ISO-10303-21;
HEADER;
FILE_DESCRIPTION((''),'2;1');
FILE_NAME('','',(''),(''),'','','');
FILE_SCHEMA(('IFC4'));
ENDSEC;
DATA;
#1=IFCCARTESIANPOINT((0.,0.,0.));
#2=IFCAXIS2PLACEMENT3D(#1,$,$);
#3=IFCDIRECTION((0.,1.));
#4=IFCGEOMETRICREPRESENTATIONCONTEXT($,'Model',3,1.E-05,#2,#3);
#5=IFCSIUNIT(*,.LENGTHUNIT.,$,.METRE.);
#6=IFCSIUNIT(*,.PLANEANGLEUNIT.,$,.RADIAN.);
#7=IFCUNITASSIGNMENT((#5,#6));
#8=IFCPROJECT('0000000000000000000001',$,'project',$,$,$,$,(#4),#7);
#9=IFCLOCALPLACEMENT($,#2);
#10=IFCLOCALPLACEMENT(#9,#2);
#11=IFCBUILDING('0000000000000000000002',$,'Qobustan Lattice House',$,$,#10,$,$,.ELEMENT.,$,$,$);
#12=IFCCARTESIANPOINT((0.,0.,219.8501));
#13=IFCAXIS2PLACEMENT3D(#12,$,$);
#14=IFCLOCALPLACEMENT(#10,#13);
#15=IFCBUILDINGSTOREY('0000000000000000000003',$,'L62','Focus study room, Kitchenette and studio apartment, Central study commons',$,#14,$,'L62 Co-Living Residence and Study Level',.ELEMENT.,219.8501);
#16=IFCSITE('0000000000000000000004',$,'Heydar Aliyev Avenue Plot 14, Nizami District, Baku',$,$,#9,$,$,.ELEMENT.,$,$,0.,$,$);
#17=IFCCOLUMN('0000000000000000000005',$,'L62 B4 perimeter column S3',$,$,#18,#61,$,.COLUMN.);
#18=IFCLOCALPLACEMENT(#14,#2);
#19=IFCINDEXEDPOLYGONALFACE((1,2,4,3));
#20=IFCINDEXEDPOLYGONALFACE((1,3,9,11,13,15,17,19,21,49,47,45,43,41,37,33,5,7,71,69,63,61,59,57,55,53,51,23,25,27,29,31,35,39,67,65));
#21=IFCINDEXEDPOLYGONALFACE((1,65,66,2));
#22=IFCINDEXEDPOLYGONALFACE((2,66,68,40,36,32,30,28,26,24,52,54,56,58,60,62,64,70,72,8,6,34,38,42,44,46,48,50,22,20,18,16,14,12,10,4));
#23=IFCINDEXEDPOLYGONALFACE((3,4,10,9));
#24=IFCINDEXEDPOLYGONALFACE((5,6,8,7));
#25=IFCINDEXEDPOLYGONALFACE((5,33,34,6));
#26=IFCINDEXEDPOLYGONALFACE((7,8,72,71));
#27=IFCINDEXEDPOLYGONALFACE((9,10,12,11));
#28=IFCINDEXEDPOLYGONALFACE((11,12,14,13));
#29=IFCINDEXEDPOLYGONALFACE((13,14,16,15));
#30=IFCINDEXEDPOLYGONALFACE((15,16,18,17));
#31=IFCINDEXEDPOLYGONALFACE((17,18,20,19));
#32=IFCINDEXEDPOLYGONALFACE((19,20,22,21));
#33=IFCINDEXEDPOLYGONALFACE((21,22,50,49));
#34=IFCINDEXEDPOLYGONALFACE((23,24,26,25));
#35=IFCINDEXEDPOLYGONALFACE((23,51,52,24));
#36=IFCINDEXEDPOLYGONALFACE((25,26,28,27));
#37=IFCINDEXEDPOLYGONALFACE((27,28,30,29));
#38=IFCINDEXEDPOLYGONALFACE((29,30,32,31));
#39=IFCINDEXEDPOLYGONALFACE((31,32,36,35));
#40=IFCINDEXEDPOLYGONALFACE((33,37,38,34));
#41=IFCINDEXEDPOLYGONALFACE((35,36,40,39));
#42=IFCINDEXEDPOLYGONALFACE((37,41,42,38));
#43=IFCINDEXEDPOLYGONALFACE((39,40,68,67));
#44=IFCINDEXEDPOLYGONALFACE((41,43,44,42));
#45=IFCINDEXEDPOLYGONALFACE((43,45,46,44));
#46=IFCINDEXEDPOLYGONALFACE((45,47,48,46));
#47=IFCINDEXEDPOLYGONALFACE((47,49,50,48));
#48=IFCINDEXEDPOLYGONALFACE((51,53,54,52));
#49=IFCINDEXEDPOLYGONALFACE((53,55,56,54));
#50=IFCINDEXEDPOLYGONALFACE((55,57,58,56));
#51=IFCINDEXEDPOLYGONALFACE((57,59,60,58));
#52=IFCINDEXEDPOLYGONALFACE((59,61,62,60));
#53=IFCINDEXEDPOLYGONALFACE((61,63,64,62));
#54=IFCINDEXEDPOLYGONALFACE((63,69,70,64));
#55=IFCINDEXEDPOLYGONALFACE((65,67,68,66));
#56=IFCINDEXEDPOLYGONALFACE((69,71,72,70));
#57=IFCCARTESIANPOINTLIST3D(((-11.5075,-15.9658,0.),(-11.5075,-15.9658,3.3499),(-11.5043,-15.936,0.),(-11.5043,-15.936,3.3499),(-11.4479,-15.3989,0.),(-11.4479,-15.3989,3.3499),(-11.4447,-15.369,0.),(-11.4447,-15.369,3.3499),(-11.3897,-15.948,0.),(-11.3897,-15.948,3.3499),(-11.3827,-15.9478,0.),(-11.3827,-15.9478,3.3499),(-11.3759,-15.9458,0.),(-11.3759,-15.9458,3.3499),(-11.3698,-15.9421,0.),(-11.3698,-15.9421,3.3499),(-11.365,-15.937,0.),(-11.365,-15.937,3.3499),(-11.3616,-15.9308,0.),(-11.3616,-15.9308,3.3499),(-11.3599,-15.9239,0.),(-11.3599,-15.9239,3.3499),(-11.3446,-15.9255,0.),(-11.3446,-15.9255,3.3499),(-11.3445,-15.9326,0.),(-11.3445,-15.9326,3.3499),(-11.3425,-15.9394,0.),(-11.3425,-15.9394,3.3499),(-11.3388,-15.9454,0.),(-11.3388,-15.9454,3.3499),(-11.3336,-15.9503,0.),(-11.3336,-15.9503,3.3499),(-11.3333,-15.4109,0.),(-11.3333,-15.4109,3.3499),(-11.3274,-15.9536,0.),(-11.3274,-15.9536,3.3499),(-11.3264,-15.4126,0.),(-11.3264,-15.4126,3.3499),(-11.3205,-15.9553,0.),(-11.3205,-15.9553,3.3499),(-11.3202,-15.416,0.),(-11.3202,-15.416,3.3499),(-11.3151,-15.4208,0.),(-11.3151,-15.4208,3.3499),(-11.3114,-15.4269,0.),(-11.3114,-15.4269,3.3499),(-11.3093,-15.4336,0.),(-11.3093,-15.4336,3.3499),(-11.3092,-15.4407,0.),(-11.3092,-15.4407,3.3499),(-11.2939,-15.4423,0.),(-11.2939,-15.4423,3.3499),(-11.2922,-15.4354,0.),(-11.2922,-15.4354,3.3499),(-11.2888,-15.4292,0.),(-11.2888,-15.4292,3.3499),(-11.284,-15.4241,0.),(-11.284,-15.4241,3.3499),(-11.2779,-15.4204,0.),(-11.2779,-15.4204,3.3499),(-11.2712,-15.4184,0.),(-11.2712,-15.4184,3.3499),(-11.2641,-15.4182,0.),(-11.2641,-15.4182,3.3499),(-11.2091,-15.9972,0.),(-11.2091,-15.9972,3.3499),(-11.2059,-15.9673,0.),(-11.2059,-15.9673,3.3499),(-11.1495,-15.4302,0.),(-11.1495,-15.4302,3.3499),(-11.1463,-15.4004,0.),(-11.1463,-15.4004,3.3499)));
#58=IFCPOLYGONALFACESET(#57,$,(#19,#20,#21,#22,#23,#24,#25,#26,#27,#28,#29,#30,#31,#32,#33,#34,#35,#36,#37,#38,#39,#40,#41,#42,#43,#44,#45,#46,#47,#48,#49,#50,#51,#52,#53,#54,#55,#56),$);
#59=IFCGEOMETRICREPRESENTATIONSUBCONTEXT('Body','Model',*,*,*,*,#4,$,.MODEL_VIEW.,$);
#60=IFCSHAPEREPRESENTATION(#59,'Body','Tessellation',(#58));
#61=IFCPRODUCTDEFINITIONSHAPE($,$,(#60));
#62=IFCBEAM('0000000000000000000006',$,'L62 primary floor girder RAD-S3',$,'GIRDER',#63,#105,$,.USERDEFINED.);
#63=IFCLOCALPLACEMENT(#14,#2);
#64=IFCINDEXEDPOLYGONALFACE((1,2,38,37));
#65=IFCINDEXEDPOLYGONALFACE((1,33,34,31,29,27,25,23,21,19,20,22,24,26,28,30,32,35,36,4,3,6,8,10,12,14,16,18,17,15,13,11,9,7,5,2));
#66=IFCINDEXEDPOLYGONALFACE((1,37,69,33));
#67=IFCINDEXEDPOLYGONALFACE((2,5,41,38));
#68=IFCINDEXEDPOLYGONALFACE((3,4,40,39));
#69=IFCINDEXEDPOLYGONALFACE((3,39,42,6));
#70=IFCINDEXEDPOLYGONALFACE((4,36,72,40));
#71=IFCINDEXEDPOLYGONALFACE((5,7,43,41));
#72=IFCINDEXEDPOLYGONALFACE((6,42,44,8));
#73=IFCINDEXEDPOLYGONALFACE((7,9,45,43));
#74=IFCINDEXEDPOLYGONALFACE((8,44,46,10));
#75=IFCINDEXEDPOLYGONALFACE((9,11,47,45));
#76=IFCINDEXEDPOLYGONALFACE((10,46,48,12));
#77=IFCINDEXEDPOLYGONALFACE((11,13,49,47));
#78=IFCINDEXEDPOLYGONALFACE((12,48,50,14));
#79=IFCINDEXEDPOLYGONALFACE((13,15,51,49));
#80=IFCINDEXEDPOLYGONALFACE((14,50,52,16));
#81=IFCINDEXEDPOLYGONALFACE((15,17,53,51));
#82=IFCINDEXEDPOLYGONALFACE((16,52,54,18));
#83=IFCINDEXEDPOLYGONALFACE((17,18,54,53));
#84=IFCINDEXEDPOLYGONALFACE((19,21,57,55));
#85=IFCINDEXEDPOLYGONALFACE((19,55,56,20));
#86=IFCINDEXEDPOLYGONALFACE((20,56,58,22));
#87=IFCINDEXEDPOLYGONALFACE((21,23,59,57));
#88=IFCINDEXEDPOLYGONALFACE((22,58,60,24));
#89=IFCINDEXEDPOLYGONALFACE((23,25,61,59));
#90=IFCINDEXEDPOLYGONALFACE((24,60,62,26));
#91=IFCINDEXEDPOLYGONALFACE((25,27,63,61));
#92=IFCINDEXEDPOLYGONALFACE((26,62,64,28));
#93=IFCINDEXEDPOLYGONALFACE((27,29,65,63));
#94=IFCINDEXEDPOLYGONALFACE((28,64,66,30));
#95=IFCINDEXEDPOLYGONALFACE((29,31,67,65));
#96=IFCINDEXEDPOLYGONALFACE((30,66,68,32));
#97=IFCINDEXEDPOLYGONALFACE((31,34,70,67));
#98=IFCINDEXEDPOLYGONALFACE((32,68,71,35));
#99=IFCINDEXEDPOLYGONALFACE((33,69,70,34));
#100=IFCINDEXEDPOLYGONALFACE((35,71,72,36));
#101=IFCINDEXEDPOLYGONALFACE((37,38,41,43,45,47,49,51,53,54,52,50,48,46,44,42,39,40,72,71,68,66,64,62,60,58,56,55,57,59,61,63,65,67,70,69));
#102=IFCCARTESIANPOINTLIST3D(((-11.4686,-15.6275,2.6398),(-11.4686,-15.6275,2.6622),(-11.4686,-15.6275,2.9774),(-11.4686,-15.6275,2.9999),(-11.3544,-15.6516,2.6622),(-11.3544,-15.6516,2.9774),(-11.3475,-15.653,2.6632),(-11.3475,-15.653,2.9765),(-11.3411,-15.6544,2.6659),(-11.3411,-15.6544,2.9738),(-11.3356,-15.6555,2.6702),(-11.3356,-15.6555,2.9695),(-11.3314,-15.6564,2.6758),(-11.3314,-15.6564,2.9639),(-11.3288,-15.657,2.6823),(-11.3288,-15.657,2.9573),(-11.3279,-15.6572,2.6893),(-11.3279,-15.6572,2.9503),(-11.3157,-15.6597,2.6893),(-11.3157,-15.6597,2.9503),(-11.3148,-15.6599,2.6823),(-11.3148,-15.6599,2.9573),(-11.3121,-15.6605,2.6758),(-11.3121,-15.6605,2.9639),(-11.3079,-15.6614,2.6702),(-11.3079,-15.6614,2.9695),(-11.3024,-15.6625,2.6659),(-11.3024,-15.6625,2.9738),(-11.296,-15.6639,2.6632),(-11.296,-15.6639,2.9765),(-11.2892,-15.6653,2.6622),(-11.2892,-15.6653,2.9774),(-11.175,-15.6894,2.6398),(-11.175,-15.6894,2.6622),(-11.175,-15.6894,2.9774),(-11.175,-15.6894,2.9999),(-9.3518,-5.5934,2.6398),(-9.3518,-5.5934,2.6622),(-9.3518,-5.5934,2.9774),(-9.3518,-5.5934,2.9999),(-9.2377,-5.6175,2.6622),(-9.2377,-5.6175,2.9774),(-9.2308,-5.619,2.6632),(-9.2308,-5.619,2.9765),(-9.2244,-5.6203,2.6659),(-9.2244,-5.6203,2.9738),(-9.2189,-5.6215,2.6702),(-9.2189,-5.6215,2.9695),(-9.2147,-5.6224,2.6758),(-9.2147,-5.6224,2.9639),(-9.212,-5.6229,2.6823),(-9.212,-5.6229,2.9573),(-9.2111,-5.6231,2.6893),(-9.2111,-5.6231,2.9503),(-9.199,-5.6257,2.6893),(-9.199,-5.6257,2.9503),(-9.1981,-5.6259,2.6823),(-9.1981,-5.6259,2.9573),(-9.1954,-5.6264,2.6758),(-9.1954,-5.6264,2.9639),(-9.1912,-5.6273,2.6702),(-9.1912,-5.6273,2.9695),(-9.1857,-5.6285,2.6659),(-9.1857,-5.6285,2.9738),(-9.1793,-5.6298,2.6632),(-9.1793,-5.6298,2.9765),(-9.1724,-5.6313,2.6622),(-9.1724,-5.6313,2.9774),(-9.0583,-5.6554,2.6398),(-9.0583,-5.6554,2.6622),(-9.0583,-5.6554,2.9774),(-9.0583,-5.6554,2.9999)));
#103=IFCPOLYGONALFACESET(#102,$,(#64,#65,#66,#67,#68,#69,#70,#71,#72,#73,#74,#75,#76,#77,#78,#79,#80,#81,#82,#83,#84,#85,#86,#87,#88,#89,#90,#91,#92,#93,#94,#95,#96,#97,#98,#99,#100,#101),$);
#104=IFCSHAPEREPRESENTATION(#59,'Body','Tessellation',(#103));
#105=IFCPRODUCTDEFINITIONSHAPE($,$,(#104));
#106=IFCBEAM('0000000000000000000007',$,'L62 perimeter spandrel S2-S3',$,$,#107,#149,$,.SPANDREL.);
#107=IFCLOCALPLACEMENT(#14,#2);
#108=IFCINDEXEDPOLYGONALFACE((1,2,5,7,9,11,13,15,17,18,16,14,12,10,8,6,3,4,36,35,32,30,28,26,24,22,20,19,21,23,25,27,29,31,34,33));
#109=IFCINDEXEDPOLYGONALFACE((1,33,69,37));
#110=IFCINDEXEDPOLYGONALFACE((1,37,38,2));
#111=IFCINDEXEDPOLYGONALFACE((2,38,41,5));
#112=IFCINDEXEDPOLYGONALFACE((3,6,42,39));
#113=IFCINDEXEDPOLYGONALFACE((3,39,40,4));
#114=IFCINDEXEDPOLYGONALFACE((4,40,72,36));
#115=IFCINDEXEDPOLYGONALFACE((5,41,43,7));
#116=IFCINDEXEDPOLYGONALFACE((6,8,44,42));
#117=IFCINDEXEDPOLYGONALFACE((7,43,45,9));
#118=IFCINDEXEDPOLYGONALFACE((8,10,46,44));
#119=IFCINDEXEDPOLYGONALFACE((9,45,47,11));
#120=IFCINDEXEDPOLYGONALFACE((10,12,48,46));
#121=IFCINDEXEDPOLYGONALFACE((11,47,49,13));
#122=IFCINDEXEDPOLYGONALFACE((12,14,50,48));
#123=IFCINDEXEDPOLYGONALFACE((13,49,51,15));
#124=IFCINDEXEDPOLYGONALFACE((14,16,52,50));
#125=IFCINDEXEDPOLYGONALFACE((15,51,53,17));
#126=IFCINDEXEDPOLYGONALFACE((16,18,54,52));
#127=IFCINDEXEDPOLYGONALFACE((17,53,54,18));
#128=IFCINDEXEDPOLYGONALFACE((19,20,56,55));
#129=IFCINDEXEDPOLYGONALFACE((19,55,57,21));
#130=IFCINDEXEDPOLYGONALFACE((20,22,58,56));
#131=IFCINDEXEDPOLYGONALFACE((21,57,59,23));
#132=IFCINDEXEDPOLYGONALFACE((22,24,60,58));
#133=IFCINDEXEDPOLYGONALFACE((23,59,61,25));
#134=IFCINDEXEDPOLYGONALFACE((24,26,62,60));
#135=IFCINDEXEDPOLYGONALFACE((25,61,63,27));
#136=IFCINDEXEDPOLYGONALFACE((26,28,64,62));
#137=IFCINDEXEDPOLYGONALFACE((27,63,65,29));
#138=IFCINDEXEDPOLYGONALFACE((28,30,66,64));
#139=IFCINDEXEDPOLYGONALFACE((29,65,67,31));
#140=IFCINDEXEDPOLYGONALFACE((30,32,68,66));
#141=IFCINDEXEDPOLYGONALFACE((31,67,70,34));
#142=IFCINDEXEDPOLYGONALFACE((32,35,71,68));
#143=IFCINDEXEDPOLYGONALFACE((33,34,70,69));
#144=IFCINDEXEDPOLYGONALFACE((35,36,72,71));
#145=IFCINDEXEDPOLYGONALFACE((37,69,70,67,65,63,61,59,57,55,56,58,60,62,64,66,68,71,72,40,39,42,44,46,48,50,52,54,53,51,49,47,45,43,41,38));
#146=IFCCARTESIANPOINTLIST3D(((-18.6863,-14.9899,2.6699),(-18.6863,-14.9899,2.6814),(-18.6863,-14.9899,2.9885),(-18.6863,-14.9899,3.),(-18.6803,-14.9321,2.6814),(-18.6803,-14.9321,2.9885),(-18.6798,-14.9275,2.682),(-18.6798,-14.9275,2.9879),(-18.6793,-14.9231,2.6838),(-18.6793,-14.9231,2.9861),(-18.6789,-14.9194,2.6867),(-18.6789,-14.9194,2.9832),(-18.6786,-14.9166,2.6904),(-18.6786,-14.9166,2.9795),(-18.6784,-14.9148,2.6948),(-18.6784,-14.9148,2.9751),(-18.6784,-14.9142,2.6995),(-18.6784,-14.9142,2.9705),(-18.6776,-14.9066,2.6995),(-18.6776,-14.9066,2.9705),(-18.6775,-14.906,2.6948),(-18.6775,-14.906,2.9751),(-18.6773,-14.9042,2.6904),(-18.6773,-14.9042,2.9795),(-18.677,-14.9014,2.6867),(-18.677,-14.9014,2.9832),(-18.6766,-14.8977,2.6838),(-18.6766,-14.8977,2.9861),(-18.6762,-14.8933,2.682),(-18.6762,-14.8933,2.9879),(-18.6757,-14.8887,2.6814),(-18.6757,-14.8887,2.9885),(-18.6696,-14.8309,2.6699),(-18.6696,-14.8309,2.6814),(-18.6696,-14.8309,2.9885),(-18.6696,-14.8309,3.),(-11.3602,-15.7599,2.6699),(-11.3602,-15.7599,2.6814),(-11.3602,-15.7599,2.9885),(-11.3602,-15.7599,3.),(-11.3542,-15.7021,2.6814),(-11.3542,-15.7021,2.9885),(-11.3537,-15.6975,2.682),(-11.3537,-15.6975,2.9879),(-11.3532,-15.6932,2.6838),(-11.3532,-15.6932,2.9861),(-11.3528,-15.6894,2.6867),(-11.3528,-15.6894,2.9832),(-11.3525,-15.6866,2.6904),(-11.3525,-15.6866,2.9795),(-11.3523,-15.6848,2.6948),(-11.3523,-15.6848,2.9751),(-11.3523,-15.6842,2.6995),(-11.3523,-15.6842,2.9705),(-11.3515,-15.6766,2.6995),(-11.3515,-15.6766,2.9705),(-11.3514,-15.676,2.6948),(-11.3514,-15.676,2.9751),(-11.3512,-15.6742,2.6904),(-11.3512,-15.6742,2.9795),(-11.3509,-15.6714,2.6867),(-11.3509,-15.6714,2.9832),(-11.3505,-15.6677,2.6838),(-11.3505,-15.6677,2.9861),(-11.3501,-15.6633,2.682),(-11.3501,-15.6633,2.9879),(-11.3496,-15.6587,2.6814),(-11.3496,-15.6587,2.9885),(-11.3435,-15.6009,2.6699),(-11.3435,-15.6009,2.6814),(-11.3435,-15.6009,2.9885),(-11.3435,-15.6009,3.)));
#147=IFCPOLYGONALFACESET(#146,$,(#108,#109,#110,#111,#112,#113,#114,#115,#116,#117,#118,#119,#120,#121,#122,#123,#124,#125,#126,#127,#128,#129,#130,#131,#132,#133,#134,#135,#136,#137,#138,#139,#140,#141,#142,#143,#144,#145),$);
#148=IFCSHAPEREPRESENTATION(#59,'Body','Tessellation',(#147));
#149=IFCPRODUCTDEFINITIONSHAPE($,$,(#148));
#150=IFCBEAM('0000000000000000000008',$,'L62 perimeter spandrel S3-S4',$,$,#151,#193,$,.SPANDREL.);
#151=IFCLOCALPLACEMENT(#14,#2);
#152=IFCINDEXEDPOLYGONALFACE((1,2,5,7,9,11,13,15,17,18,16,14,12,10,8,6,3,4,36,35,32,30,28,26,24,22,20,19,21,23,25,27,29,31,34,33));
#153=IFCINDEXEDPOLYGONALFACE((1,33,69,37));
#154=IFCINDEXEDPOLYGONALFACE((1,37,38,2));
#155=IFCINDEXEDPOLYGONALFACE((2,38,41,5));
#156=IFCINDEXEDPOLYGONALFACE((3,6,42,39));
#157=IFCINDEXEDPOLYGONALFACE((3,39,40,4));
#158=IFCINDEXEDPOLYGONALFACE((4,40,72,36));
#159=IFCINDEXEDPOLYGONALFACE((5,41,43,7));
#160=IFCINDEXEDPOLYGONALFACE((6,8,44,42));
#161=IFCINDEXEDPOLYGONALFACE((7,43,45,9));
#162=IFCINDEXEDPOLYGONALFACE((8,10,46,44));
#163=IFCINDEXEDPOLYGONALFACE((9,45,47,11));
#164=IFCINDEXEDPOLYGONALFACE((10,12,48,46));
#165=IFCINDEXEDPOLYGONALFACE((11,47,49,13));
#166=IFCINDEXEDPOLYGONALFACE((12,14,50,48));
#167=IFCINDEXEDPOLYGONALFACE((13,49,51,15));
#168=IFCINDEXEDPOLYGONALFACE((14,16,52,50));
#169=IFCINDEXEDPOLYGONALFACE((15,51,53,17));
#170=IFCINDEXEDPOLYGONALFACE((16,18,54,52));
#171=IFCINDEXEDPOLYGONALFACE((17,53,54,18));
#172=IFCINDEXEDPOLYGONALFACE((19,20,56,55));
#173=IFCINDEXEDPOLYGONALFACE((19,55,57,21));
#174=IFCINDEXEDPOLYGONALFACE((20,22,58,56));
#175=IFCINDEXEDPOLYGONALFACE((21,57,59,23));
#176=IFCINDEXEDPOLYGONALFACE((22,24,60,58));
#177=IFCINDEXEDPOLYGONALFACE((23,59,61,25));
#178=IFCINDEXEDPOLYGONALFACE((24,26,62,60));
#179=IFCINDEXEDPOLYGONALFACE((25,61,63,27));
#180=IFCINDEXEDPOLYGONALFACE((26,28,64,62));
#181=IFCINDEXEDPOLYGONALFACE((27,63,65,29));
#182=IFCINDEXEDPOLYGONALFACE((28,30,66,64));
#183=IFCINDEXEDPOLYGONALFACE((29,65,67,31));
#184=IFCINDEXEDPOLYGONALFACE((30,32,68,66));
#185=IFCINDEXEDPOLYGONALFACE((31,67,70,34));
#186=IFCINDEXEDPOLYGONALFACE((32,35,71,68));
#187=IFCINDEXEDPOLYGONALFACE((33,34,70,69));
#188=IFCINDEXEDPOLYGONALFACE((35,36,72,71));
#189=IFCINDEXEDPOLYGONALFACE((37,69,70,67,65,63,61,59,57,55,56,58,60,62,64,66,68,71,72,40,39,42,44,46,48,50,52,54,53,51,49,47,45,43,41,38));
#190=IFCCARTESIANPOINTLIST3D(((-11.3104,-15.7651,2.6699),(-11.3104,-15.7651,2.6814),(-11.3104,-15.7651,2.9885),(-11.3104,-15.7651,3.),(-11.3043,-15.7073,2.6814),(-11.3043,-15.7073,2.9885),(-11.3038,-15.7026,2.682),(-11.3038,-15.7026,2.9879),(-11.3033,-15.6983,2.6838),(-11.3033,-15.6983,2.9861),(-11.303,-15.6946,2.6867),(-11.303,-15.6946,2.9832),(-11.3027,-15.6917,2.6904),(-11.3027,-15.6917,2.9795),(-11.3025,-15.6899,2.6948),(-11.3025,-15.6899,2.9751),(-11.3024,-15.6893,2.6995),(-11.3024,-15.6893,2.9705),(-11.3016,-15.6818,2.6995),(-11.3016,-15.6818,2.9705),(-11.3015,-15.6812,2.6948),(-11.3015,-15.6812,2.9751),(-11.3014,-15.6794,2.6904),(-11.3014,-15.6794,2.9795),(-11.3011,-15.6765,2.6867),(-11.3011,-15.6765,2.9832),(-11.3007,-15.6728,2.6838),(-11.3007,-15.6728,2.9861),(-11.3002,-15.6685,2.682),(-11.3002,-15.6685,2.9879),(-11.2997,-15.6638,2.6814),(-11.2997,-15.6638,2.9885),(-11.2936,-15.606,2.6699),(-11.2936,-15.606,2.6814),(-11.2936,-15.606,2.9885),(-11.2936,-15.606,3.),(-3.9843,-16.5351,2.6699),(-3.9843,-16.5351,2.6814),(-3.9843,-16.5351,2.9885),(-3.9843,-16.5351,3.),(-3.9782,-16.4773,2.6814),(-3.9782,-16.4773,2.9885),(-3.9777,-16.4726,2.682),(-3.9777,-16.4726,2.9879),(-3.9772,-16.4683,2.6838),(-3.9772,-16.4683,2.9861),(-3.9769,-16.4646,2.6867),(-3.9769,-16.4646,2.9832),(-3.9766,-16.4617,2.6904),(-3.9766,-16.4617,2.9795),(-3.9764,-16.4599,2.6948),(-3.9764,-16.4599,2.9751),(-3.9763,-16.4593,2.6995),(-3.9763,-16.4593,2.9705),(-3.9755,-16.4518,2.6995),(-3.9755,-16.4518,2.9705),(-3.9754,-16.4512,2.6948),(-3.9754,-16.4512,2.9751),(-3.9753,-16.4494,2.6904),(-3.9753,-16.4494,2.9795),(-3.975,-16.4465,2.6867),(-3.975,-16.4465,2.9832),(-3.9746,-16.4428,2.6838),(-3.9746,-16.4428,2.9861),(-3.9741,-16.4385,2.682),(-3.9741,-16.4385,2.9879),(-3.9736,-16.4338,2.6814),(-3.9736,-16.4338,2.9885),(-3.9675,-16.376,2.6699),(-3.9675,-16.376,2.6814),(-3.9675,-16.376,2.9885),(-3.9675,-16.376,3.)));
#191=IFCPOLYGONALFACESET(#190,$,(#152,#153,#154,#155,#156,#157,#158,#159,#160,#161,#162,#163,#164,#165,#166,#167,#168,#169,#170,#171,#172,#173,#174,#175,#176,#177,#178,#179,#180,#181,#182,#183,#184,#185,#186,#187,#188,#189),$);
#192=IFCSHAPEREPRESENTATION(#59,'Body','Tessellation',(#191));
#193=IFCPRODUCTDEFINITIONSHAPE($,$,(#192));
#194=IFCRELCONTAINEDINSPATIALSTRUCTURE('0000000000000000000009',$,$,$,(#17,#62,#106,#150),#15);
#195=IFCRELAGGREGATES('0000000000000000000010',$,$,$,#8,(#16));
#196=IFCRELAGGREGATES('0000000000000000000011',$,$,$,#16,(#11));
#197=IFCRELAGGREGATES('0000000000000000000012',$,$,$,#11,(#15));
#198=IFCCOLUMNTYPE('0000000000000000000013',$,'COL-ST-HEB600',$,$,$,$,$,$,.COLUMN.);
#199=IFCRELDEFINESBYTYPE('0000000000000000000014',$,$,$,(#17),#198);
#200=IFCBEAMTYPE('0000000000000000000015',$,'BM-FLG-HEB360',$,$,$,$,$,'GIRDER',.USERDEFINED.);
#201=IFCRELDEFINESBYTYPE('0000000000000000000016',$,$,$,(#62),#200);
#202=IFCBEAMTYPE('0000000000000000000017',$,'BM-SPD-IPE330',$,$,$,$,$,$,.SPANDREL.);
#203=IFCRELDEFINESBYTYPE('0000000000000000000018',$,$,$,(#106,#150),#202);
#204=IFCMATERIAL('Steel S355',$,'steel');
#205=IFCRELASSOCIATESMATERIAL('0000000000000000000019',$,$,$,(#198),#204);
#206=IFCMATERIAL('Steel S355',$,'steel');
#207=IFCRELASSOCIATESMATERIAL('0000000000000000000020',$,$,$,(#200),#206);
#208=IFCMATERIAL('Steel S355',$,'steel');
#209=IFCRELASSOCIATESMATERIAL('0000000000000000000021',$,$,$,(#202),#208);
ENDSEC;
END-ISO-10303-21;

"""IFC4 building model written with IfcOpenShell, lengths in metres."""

from ifc_helpers import new_model, si_unit, direction, frame, origin, origin_2d, place, context, subcontext, project, spatial, i_section, extrude, material, material_profile, profile_set, type_object, element, save


model = new_model("IFC4")

# Units and contexts
model_context = context("Model", 3, precision=1e-05, world=origin(), true_north=direction((0.0, 1.0)))
body_context = subcontext(model_context, "Body", "Model", "MODEL_VIEW")
ifc_project = project(units=[si_unit("LENGTHUNIT", "METRE"), si_unit("PLANEANGLEUNIT", "RADIAN")], contexts=[model_context])

# Site, building, storey
site_placement = place(None, origin())
site = spatial("IfcSite", under=ifc_project, at=site_placement, Name="Heydar Aliyev Avenue Plot 14, Nizami District, Baku", CompositionType="ELEMENT", RefElevation=0.0)
building_placement = place(site_placement, origin())
building = spatial("IfcBuilding", under=site, at=building_placement, Name="Qobustan Lattice House", CompositionType="ELEMENT")
storey_placement = place(building_placement, frame((0.0, 0.0, 219.8501)))
storey = spatial("IfcBuildingStorey", under=building, at=storey_placement, Name="L62", Description="Focus study room, Kitchenette and studio apartment, Central study commons", LongName="L62 Co-Living Residence and Study Level", CompositionType="ELEMENT", Elevation=219.8501)

# Column
ifc_material_1 = material(Name="Steel S355", Category="steel")
ifc_material_profile_1 = material_profile(ifc_material_1, i_section(OverallWidth=0.3, OverallDepth=0.6001, WebThickness=0.0154, FlangeThickness=0.03, FilletRadius=0.0271, at=origin_2d()), Name="HEB600")
ifc_profile_set_1 = profile_set([ifc_material_profile_1], Name="Steel S355")
column_type = type_object("IfcColumnType", Name="COL-ST-HEB600", PredefinedType="COLUMN", material=ifc_profile_set_1)
column_placement = place(storey_placement, frame((-11.3269, -15.6831, 0.0), z_axis=(0.0, 0.0, 1.0), x_axis=(0.994522, -0.104528, 0.0)))
element("IfcColumn", 1, at=column_placement, inside=storey, type_object=column_type, Name="L62 B4 perimeter column S3", PredefinedType="COLUMN", context=body_context, shape_type="SweptSolid", body=[
    extrude(i_section(OverallWidth=0.3, OverallDepth=0.6001, WebThickness=0.0154, FlangeThickness=0.03, FilletRadius=0.0271, at=origin_2d()), origin(), (0.0, 0.0, 1.0), 3.3499),
])

# Beams
ifc_material_2 = material(Name="Steel S355", Category="steel")
ifc_material_profile_2 = material_profile(ifc_material_2, i_section(OverallWidth=0.3, OverallDepth=0.3601, WebThickness=0.0125, FlangeThickness=0.0225, FilletRadius=0.0271, at=origin_2d()), Name="HEB360")
ifc_profile_set_2 = profile_set([ifc_material_profile_2], Name="Steel S355")
beam_type_1 = type_object("IfcBeamType", Name="BM-FLG-HEB360", ElementType="GIRDER", PredefinedType="USERDEFINED", material=ifc_profile_set_2)
beam_placement = place(storey_placement, frame((-11.3218, -15.6584, 2.8198), z_axis=(0.206411, 0.978465, 0.0), x_axis=(-0.978465, 0.206411, 0.0)))
element("IfcBeam", 2, at=beam_placement, inside=storey, type_object=beam_type_1, Name="L62 primary floor girder RAD-S3", ObjectType="GIRDER", PredefinedType="USERDEFINED", context=body_context, shape_type="SweptSolid", body=[
    extrude(i_section(OverallWidth=0.3, OverallDepth=0.3601, WebThickness=0.0125, FlangeThickness=0.0225, FilletRadius=0.0271, at=origin_2d()), origin(), (0.0, 0.0, 1.0), 10.2549),
])
ifc_material_3 = material(Name="Steel S355", Category="steel")
ifc_material_profile_3 = material_profile(ifc_material_3, i_section(OverallWidth=0.1599, OverallDepth=0.3301, WebThickness=0.0076, FlangeThickness=0.0115, FilletRadius=0.0181, at=origin_2d()), Name="IPE330")
ifc_profile_set_3 = profile_set([ifc_material_profile_3], Name="Steel S355")
beam_type_2 = type_object("IfcBeamType", Name="BM-SPD-IPE330", PredefinedType="SPANDREL", material=ifc_profile_set_3)
for number, where, z_axis, x_axis, name in (
    (3, (-18.678, -14.9104, 2.835), (0.994522, -0.10453, 0.0), (0.10453, 0.994522, 0.0), "L62 perimeter spandrel S2-S3"),
    (4, (-11.302, -15.6855, 2.835), (0.994522, -0.10453, 0.0), (0.10453, 0.994522, 0.0), "L62 perimeter spandrel S3-S4"),
):
    element("IfcBeam", number, at=place(storey_placement, frame(where, z_axis=z_axis, x_axis=x_axis)), inside=storey, type_object=beam_type_2, Name=name, PredefinedType="SPANDREL", context=body_context, shape_type="SweptSolid", body=[
        extrude(i_section(OverallWidth=0.1599, OverallDepth=0.3301, WebThickness=0.0076, FlangeThickness=0.0115, FilletRadius=0.0181, at=origin_2d()), origin(), (0.0, 0.0, 1.0), 7.3665),
    ])

save(model, "model.ifc")
